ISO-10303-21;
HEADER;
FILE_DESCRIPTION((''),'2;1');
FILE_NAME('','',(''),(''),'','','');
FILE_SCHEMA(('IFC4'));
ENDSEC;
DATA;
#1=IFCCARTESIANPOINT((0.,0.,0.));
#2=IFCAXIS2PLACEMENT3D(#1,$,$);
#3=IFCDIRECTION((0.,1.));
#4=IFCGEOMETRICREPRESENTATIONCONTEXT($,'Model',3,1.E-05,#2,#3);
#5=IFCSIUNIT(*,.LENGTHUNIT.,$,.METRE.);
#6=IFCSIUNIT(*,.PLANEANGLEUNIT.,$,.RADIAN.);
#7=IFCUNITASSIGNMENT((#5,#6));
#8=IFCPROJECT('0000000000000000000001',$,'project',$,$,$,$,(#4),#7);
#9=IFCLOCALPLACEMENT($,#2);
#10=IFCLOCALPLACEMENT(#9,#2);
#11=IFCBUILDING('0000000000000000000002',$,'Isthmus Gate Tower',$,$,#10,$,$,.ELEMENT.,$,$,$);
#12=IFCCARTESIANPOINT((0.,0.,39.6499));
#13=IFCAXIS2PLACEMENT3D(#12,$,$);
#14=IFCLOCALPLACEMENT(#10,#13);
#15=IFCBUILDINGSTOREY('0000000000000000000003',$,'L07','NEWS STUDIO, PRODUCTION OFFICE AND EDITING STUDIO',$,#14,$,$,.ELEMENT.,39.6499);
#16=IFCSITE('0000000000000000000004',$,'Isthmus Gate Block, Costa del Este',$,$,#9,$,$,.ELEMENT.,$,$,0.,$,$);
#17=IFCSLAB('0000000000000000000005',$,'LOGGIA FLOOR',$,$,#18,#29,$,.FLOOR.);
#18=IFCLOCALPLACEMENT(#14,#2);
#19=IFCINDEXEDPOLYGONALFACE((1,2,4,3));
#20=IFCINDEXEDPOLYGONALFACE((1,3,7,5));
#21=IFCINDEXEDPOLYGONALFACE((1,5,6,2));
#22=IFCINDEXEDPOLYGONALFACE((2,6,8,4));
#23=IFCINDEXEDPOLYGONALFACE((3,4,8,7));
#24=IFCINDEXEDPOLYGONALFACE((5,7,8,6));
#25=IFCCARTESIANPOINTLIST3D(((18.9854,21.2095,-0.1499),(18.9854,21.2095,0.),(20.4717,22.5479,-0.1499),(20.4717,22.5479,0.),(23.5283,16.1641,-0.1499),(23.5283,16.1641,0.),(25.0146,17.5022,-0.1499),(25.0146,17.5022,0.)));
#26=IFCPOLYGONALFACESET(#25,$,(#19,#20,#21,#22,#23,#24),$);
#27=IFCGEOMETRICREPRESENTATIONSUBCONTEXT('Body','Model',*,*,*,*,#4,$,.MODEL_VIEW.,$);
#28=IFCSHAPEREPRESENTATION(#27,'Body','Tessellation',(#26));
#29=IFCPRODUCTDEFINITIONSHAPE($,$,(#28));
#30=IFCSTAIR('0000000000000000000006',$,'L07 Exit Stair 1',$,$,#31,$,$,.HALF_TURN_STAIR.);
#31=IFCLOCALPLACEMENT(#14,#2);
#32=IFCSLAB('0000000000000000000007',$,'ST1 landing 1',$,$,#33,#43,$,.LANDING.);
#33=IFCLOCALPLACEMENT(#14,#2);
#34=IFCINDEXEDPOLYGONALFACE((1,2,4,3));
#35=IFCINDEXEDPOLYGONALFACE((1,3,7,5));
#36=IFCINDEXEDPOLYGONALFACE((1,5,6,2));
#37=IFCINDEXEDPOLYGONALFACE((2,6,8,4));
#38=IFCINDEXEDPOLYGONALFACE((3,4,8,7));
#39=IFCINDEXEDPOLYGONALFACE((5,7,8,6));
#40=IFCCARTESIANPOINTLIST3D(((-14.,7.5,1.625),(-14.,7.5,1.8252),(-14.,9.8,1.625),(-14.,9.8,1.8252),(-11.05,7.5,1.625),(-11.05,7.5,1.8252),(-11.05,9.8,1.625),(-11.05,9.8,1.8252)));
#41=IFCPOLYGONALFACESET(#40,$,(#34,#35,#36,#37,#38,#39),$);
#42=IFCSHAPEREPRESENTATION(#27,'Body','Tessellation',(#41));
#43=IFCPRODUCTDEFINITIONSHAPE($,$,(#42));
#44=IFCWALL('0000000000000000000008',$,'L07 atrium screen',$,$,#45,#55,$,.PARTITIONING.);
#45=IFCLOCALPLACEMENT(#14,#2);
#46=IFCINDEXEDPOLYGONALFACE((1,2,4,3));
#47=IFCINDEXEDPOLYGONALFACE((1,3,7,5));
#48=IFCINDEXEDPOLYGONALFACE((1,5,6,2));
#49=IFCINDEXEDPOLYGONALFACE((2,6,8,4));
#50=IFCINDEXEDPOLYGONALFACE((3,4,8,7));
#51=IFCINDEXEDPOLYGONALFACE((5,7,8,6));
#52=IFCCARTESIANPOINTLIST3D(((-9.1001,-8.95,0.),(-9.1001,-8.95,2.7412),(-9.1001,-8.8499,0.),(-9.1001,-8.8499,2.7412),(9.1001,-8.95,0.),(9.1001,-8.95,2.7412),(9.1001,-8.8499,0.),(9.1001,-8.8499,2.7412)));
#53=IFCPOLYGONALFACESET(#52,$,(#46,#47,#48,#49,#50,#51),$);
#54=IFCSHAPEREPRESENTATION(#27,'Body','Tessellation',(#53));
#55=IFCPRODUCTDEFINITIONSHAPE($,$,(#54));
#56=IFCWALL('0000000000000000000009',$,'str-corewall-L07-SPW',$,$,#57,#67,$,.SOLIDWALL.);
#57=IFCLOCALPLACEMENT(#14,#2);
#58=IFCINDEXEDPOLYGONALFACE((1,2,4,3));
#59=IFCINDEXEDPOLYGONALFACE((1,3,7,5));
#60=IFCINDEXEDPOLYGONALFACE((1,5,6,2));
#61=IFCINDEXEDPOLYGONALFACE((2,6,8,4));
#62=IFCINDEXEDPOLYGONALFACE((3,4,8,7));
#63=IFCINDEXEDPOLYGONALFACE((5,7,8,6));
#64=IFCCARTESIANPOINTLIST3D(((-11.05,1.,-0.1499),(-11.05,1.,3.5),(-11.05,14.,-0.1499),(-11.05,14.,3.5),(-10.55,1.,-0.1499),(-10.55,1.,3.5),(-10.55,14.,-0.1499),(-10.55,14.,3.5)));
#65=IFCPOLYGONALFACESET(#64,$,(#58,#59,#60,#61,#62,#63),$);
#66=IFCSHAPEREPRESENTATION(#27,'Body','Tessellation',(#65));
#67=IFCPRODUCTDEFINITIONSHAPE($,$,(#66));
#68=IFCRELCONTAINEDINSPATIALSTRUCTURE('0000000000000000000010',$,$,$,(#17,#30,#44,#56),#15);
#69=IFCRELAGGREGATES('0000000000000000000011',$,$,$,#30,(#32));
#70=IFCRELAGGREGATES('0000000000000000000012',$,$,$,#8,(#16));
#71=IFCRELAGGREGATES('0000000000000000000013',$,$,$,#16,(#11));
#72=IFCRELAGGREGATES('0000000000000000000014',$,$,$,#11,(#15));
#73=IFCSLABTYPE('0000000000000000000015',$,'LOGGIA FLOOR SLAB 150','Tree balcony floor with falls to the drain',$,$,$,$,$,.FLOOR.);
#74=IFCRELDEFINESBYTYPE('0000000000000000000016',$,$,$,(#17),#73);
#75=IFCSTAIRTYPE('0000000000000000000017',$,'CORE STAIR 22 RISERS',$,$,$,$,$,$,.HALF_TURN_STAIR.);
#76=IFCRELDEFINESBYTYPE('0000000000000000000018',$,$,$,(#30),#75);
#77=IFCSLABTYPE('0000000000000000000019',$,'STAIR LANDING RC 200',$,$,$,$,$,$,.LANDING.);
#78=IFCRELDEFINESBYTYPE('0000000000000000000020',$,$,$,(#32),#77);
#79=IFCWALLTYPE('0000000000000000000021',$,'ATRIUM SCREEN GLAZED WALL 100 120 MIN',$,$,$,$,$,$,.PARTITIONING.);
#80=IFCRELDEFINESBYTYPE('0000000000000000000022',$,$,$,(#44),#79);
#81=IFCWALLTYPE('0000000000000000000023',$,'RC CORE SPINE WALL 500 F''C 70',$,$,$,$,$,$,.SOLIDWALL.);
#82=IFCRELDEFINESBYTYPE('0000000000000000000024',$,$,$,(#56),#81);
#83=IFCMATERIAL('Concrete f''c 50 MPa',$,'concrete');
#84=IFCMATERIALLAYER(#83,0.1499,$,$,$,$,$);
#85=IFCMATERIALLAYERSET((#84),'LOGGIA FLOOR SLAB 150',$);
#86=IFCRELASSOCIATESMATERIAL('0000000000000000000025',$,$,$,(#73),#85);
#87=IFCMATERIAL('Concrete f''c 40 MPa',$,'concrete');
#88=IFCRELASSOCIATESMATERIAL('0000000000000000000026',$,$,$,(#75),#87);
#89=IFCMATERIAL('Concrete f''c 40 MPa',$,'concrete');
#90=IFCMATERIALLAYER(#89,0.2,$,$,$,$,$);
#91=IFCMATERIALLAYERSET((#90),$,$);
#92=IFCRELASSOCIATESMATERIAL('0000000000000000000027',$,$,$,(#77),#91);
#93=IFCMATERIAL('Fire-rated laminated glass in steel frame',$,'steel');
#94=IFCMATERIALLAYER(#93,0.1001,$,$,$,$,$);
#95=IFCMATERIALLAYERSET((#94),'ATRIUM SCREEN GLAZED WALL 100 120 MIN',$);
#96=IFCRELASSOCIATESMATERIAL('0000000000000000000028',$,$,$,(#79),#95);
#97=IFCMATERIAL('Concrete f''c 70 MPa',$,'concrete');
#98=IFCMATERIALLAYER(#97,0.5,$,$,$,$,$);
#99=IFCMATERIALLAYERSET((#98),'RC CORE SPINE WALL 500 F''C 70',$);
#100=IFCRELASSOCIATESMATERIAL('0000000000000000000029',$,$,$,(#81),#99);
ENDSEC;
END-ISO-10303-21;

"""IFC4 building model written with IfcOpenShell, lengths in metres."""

from ifc_helpers import new_model, si_unit, direction, frame, frame_2d, origin, place, context, subcontext, project, spatial, polyline, rectangle, outline, extrude, material, layer, layer_set, type_object, element, aggregate, save


model = new_model("IFC4")

# Units and contexts
model_context = context("Model", 3, precision=1e-05, world=origin(), true_north=direction((0.0, 1.0)))
body_context = subcontext(model_context, "Body", "Model", "MODEL_VIEW")
ifc_project = project(units=[si_unit("LENGTHUNIT", "METRE"), si_unit("PLANEANGLEUNIT", "RADIAN")], contexts=[model_context])

# Site, building, storey
site_placement = place(None, origin())
site = spatial("IfcSite", under=ifc_project, at=site_placement, Name="Isthmus Gate Block, Costa del Este", CompositionType="ELEMENT", RefElevation=0.0)
building_placement = place(site_placement, origin())
building = spatial("IfcBuilding", under=site, at=building_placement, Name="Isthmus Gate Tower", CompositionType="ELEMENT")
storey_placement = place(building_placement, frame((0.0, 0.0, 39.6499)))
storey = spatial("IfcBuildingStorey", under=building, at=storey_placement, Name="L07", Description="NEWS STUDIO, PRODUCTION OFFICE AND EDITING STUDIO", CompositionType="ELEMENT", Elevation=39.6499)

# Slab
ifc_material_1 = material(Name="Concrete f'c 50 MPa", Category="concrete")
ifc_layer_1 = layer(ifc_material_1, 0.1499)
ifc_layer_set_1 = layer_set([ifc_layer_1], Name="LOGGIA FLOOR SLAB 150")
slab_type_1 = type_object("IfcSlabType", Name="LOGGIA FLOOR SLAB 150", Description="Tree balcony floor with falls to the drain", PredefinedType="FLOOR", material=ifc_layer_set_1)
slab_1_placement = place(storey_placement, frame((0.0, 0.0, -0.1499)))
element("IfcSlab", 1, at=slab_1_placement, inside=storey, type_object=slab_type_1, Name="LOGGIA FLOOR", PredefinedType="FLOOR", context=body_context, shape_type="SweptSolid", body=[
    extrude(outline(polyline([(25.0146, 17.5022), (20.4717, 22.5479), (18.9854, 21.2095), (23.5283, 16.1641), (25.0146, 17.5022)])), origin(), (0.0, 0.0, 1.0), 0.1499),
])

# Stair, slab
ifc_material_2 = material(Name="Concrete f'c 40 MPa", Category="concrete")
stair_type = type_object("IfcStairType", Name="CORE STAIR 22 RISERS", PredefinedType="HALF_TURN_STAIR", material=ifc_material_2)
stair_placement = place(storey_placement, origin())
stair = element("IfcStair", 2, at=stair_placement, inside=storey, type_object=stair_type, Name="L07 Exit Stair 1", PredefinedType="HALF_TURN_STAIR")
ifc_material_3 = material(Name="Concrete f'c 40 MPa", Category="concrete")
ifc_layer_2 = layer(ifc_material_3, 0.2)
ifc_layer_set_2 = layer_set([ifc_layer_2])
slab_type_2 = type_object("IfcSlabType", Name="STAIR LANDING RC 200", PredefinedType="LANDING", material=ifc_layer_set_2)
slab_2_placement = place(storey_placement, frame((0.0, 0.0, 1.625)))
slab_2 = element("IfcSlab", 3, at=slab_2_placement, type_object=slab_type_2, Name="ST1 landing 1", PredefinedType="LANDING", context=body_context, shape_type="SweptSolid", body=[
    extrude(outline(polyline([(-14.0, 9.8), (-14.0, 7.5), (-11.05, 7.5), (-11.05, 9.8), (-14.0, 9.8)])), origin(), (0.0, 0.0, 1.0), 0.2002),
])
aggregate(stair, [slab_2])

# Walls
ifc_material_4 = material(Name="Fire-rated laminated glass in steel frame", Category="steel")
ifc_layer_3 = layer(ifc_material_4, 0.1001)
ifc_layer_set_3 = layer_set([ifc_layer_3], Name="ATRIUM SCREEN GLAZED WALL 100 120 MIN")
wall_type_1 = type_object("IfcWallType", Name="ATRIUM SCREEN GLAZED WALL 100 120 MIN", PredefinedType="PARTITIONING", material=ifc_layer_set_3)
wall_1_placement = place(storey_placement, frame((-9.1001, -8.8999, 0.0), z_axis=(0.0, 0.0, 1.0), x_axis=(1.0, 0.0, 0.0)))
element("IfcWall", 4, at=wall_1_placement, inside=storey, type_object=wall_type_1, Name="L07 atrium screen", PredefinedType="PARTITIONING", context=body_context, shape_type="SweptSolid", body=[
    extrude(rectangle(XDim=18.2002, YDim=0.1001, at=frame_2d((9.1001, 0.0))), origin(), (0.0, 0.0, 1.0), 2.7412),
])
ifc_material_5 = material(Name="Concrete f'c 70 MPa", Category="concrete")
ifc_layer_4 = layer(ifc_material_5, 0.5)
ifc_layer_set_4 = layer_set([ifc_layer_4], Name="RC CORE SPINE WALL 500 F'C 70")
wall_type_2 = type_object("IfcWallType", Name="RC CORE SPINE WALL 500 F'C 70", PredefinedType="SOLIDWALL", material=ifc_layer_set_4)
wall_2_placement = place(storey_placement, frame((-10.8, 1.0, -0.1499), z_axis=(0.0, 0.0, 1.0), x_axis=(0.0, 1.0, 0.0)))
element("IfcWall", 5, at=wall_2_placement, inside=storey, type_object=wall_type_2, Name="str-corewall-L07-SPW", PredefinedType="SOLIDWALL", context=body_context, shape_type="SweptSolid", body=[
    extrude(rectangle(XDim=13.0, YDim=0.5, at=frame_2d((6.5, 0.0))), origin(), (0.0, 0.0, 1.0), 3.6499),
])

save(model, "model.ifc")
